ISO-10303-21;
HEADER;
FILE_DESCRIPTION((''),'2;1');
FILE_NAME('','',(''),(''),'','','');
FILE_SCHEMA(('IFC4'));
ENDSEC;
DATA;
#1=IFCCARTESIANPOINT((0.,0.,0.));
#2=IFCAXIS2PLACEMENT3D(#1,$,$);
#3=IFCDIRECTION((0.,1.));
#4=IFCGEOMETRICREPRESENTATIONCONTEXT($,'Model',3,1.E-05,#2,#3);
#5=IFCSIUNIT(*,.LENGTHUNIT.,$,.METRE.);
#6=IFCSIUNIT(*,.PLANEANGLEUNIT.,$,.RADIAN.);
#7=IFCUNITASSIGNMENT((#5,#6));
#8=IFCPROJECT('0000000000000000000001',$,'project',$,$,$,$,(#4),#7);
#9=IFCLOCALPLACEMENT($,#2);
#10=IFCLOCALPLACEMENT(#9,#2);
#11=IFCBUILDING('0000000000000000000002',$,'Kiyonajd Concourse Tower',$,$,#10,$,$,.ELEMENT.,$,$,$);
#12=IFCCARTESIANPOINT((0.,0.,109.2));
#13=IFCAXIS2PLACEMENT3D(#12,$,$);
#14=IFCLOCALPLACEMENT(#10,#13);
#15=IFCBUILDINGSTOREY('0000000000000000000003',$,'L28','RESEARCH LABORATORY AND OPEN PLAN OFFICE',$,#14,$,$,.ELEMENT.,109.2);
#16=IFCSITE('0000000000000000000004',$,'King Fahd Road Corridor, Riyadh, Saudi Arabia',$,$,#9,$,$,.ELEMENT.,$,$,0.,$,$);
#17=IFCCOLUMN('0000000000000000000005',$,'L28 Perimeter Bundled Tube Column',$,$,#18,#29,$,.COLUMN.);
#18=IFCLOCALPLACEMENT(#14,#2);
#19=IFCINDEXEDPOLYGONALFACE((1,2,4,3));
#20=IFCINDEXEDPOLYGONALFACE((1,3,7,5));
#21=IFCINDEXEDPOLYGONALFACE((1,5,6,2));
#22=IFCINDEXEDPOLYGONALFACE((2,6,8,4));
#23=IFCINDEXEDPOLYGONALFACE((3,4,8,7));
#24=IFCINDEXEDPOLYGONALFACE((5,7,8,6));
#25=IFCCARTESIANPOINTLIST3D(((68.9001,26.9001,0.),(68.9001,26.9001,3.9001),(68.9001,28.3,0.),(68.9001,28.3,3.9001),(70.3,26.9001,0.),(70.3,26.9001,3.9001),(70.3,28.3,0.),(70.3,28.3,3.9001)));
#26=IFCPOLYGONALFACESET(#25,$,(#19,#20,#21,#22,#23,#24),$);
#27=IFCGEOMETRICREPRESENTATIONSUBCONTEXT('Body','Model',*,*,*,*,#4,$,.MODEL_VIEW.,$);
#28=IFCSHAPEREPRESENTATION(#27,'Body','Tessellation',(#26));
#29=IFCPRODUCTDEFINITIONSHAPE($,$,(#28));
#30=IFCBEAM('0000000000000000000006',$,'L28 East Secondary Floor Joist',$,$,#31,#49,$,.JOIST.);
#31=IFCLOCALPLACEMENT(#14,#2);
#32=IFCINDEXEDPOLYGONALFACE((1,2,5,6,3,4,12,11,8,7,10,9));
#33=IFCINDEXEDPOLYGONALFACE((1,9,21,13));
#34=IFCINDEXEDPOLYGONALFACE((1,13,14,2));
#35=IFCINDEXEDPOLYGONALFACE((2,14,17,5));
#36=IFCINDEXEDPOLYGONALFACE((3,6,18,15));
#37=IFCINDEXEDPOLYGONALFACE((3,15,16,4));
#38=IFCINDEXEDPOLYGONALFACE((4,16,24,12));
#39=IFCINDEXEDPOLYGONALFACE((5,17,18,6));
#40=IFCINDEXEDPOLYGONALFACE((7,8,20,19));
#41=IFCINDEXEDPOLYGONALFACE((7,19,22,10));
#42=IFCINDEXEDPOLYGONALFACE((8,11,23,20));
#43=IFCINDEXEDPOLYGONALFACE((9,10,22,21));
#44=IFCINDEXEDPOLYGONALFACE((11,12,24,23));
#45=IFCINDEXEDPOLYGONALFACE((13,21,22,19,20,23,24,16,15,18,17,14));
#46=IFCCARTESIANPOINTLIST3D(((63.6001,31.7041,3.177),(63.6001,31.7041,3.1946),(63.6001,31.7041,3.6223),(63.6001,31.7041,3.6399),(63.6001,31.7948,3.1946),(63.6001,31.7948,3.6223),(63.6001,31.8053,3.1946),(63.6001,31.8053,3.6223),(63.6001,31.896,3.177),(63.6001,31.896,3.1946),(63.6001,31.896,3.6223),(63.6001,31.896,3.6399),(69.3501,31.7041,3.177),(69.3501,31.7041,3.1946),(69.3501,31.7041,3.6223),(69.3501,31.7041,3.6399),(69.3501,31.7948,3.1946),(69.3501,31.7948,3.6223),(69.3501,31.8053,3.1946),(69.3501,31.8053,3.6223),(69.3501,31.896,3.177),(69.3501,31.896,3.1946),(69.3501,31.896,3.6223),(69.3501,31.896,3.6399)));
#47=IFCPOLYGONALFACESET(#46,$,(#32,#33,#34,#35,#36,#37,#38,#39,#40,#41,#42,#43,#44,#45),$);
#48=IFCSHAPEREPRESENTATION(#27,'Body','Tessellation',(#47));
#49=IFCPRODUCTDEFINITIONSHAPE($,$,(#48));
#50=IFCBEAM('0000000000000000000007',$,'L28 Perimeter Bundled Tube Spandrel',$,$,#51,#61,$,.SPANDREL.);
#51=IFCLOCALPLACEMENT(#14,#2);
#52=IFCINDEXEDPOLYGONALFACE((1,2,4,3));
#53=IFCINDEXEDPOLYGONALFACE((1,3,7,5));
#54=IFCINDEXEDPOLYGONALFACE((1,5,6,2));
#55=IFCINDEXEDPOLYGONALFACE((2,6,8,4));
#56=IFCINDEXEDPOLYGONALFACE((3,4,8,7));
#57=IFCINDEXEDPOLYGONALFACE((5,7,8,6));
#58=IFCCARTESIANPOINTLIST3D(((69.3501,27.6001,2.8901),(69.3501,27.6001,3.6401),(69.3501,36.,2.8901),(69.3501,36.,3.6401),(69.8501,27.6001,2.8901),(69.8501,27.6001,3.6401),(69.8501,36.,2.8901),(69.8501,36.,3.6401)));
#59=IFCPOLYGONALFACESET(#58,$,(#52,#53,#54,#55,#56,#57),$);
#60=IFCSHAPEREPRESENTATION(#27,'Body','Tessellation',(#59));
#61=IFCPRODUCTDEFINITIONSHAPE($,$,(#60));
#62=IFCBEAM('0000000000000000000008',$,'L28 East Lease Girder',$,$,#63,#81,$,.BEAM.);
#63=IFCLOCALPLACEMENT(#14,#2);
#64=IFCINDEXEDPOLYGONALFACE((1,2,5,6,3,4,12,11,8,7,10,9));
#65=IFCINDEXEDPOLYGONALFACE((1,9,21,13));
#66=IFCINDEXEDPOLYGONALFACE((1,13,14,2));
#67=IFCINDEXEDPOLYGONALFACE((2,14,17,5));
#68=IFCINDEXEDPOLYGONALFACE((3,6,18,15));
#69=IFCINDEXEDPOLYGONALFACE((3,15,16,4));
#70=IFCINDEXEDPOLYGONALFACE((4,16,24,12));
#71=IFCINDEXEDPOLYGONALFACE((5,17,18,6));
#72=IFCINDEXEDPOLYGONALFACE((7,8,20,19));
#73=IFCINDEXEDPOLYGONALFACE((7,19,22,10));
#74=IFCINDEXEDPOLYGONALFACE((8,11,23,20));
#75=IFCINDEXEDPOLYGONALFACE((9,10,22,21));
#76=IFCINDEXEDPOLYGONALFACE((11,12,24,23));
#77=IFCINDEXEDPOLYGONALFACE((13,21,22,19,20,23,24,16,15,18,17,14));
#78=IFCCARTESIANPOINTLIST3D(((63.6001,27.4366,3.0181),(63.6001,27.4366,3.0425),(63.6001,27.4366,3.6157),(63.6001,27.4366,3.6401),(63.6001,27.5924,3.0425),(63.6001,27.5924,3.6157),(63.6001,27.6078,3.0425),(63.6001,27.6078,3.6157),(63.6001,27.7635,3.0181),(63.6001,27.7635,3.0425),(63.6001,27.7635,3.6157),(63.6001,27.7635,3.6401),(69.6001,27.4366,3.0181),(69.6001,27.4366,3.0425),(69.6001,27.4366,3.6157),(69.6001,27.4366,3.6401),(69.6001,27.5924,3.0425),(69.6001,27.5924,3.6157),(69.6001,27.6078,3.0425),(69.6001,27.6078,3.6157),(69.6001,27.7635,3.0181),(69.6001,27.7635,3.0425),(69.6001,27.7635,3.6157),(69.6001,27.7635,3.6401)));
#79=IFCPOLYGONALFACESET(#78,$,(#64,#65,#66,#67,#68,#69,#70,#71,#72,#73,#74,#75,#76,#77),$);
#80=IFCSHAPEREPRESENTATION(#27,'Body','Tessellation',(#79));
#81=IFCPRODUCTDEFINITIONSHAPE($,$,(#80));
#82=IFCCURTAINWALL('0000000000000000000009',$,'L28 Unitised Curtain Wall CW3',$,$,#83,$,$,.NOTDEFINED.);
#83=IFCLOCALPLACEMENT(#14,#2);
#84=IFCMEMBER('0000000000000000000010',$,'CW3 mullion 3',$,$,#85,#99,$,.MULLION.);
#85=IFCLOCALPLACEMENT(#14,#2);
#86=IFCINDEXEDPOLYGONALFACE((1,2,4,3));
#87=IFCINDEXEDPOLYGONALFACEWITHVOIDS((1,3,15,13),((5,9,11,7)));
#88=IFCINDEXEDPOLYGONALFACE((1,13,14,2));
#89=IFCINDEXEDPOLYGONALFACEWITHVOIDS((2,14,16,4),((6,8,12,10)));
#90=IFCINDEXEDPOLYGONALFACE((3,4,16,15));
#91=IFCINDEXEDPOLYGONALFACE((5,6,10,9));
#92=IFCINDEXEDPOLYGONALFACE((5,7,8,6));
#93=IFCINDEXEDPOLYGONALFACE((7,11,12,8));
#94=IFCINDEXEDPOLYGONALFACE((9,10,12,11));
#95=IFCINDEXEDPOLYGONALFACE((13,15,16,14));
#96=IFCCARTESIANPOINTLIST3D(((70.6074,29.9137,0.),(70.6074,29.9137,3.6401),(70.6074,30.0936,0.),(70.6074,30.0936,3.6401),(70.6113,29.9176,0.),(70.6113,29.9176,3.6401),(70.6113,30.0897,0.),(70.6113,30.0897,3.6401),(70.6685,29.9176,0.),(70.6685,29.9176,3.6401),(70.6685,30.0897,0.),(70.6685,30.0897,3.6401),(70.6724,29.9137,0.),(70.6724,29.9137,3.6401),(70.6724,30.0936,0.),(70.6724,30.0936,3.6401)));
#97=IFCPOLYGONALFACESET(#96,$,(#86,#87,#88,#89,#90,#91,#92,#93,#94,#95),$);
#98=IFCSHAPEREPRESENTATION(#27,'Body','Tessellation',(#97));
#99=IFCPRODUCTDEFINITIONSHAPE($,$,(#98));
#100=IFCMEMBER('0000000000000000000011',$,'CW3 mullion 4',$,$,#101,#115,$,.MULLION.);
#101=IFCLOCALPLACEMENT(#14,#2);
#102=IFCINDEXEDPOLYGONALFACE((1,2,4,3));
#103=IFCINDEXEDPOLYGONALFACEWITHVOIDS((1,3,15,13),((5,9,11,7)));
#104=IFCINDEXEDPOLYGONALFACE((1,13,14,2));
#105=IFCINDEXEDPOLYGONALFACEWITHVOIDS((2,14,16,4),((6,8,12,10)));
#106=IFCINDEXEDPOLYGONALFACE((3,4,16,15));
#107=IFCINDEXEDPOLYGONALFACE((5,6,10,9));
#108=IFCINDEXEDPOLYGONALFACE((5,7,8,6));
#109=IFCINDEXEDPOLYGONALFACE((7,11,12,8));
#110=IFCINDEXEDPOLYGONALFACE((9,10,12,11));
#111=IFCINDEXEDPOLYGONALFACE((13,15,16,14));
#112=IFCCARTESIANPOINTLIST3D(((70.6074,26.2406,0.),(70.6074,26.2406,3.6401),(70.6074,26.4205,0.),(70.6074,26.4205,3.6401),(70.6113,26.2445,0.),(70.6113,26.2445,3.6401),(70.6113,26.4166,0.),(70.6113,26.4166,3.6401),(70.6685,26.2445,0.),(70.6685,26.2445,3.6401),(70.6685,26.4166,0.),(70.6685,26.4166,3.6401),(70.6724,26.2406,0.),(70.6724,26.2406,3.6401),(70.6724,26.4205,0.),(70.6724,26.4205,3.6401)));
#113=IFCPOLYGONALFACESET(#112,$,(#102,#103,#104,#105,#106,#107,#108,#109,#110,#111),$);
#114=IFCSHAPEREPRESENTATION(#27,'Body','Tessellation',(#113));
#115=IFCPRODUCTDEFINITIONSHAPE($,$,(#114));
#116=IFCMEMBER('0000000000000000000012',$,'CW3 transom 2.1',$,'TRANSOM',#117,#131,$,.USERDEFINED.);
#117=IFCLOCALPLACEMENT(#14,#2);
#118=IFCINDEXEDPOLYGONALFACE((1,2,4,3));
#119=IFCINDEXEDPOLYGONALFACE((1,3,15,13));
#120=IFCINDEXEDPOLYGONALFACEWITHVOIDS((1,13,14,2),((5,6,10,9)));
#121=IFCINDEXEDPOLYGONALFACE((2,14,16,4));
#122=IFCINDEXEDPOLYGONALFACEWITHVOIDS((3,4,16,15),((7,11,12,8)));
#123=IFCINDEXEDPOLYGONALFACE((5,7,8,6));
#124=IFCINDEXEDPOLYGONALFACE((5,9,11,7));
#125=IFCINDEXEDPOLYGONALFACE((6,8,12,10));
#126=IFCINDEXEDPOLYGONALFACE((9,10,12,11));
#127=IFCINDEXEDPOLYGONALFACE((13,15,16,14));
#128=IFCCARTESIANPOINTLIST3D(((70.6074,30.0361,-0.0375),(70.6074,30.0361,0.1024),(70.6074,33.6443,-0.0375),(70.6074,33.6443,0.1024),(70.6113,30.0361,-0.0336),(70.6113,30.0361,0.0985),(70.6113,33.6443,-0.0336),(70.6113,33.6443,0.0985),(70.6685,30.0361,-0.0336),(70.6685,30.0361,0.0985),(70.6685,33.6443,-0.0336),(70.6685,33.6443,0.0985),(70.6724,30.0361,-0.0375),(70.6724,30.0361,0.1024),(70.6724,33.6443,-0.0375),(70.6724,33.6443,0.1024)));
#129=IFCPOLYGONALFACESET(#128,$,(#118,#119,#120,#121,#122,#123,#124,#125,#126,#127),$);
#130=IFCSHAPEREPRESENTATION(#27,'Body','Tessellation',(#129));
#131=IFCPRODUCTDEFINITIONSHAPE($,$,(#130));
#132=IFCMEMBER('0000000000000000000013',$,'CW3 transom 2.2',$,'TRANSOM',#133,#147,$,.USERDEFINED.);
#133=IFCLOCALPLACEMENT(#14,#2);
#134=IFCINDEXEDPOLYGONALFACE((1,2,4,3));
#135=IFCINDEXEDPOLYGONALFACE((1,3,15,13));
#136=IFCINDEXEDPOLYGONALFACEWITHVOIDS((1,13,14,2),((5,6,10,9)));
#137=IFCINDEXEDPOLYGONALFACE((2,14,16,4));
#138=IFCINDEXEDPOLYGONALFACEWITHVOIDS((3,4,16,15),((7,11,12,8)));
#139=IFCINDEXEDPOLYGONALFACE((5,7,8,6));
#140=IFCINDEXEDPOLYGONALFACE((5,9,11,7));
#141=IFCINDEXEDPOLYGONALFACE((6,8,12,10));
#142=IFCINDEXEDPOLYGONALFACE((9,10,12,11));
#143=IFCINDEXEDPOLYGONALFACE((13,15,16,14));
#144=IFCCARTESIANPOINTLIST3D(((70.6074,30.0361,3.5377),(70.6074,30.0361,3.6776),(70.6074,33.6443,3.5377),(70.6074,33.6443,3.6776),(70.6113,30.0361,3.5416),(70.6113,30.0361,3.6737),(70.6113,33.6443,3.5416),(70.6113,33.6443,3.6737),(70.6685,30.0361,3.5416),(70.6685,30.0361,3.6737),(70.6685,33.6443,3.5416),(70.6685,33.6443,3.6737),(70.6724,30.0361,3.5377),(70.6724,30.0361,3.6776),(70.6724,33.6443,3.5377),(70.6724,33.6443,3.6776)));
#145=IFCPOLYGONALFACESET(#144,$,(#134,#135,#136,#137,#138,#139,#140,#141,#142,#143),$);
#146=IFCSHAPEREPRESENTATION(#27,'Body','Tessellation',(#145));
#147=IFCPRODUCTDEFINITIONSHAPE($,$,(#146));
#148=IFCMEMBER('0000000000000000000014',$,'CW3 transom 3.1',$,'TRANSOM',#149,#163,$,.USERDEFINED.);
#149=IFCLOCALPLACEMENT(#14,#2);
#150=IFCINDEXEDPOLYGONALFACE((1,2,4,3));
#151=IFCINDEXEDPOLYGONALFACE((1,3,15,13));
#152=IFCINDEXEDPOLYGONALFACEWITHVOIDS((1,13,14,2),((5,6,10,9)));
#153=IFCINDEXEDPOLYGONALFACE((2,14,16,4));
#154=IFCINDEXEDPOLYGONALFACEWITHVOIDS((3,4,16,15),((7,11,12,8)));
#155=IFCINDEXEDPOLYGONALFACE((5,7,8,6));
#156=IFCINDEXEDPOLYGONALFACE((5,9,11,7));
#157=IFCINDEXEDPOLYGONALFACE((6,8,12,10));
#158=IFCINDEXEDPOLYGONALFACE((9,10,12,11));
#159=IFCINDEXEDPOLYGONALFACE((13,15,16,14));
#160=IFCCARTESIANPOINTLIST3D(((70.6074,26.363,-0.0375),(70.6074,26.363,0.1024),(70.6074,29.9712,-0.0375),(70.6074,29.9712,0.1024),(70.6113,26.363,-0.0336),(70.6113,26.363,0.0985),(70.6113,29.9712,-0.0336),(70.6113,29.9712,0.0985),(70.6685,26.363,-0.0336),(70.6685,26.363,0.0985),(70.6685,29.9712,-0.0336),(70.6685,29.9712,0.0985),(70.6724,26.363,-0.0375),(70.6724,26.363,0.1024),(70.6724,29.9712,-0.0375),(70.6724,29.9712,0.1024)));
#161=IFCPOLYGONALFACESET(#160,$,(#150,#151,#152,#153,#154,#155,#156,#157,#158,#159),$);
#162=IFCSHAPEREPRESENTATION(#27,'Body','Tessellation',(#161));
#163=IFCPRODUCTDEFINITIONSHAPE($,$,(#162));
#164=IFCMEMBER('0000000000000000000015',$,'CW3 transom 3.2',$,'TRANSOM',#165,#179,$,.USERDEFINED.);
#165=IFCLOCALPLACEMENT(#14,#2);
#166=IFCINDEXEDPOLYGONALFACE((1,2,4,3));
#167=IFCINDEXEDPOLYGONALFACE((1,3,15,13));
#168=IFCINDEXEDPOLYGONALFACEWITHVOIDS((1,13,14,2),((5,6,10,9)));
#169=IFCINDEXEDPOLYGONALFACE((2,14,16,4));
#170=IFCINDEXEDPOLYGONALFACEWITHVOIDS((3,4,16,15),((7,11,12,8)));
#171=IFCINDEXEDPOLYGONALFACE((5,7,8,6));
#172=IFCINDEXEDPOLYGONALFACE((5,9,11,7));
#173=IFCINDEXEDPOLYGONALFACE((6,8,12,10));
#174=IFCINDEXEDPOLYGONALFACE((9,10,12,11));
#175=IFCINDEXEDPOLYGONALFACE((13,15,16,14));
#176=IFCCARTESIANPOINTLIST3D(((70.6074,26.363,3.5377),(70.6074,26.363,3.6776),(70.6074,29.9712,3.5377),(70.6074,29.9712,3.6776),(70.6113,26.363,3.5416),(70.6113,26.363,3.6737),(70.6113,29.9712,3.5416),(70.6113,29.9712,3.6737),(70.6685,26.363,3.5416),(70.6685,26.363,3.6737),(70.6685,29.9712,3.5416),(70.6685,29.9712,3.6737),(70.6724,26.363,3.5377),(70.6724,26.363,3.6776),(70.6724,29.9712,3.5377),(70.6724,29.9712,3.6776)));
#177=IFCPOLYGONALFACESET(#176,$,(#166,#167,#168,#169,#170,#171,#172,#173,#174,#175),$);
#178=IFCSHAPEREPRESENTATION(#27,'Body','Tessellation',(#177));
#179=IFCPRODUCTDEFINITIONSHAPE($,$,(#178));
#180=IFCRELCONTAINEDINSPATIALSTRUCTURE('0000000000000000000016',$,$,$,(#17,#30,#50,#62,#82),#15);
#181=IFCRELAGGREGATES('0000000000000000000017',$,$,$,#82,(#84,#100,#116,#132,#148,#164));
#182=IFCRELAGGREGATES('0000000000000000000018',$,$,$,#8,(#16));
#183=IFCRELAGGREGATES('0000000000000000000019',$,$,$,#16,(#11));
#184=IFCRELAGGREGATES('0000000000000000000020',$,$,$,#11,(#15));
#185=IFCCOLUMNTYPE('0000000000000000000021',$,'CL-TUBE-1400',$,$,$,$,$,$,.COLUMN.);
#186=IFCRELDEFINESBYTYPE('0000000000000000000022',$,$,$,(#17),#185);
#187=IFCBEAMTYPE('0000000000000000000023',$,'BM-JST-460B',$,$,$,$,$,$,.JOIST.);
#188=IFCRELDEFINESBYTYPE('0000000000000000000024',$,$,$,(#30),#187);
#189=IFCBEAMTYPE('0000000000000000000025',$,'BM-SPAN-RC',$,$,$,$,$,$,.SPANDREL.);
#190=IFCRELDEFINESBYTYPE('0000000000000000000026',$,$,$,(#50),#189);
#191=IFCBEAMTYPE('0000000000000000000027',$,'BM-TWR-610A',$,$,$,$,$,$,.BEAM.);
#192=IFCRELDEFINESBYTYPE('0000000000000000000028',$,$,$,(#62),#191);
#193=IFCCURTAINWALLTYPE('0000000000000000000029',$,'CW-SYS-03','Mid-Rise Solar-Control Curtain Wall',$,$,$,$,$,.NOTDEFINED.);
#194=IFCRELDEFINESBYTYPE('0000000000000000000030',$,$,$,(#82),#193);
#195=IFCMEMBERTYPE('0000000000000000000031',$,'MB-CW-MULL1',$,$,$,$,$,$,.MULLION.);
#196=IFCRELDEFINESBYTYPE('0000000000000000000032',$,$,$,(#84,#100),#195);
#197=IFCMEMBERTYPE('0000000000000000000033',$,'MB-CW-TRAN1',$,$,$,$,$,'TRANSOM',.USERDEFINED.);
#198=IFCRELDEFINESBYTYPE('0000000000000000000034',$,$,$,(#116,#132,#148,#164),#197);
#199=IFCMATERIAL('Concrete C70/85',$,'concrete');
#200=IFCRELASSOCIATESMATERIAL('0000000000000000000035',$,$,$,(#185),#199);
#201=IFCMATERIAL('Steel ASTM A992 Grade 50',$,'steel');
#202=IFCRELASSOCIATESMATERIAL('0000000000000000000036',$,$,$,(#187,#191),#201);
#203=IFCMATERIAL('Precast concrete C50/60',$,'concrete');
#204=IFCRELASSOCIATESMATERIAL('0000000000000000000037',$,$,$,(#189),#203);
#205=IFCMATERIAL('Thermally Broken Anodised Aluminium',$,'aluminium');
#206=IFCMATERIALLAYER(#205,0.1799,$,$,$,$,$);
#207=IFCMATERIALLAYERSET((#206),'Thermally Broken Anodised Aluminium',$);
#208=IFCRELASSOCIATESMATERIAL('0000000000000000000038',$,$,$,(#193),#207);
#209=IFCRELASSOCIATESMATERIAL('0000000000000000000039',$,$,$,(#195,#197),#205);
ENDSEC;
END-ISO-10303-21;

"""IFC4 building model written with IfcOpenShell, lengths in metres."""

from ifc_helpers import new_model, si_unit, direction, frame, origin, origin_2d, place, context, subcontext, project, spatial, rectangle, hollow_rectangle, i_section, extrude, material, layer, layer_set, material_profile, profile_set, type_object, element, aggregate, save


model = new_model("IFC4")

# Units and contexts
model_context = context("Model", 3, precision=1e-05, world=origin(), true_north=direction((0.0, 1.0)))
body_context = subcontext(model_context, "Body", "Model", "MODEL_VIEW")
ifc_project = project(units=[si_unit("LENGTHUNIT", "METRE"), si_unit("PLANEANGLEUNIT", "RADIAN")], contexts=[model_context])

# Site, building, storey
site_placement = place(None, origin())
site = spatial("IfcSite", under=ifc_project, at=site_placement, Name="King Fahd Road Corridor, Riyadh, Saudi Arabia", CompositionType="ELEMENT", RefElevation=0.0)
building_placement = place(site_placement, origin())
building = spatial("IfcBuilding", under=site, at=building_placement, Name="Kiyonajd Concourse Tower", CompositionType="ELEMENT")
storey_placement = place(building_placement, frame((0.0, 0.0, 109.2)))
storey = spatial("IfcBuildingStorey", under=building, at=storey_placement, Name="L28", Description="RESEARCH LABORATORY AND OPEN PLAN OFFICE", CompositionType="ELEMENT", Elevation=109.2)

# Column
ifc_material_1 = material(Name="Concrete C70/85", Category="concrete")
ifc_material_profile_1 = material_profile(ifc_material_1, rectangle(XDim=1.3999, YDim=1.3999, at=origin_2d()), Name="RC-1400x1400")
ifc_profile_set_1 = profile_set([ifc_material_profile_1], Name="Concrete C70/85")
column_type = type_object("IfcColumnType", Name="CL-TUBE-1400", PredefinedType="COLUMN", material=ifc_profile_set_1)
column_placement = place(storey_placement, frame((69.6001, 27.6001, 0.0), z_axis=(0.0, 0.0, 1.0), x_axis=(1.0, 0.0, 0.0)))
element("IfcColumn", 1, at=column_placement, inside=storey, type_object=column_type, Name="L28 Perimeter Bundled Tube Column", PredefinedType="COLUMN", context=body_context, shape_type="SweptSolid", body=[
    extrude(rectangle(XDim=1.3999, YDim=1.3999, at=origin_2d()), origin(), (0.0, 0.0, 1.0), 3.9001),
])

# Beams
ifc_material_2 = material(Name="Steel ASTM A992 Grade 50", Category="steel")
ifc_material_profile_2 = material_profile(ifc_material_2, i_section(OverallWidth=0.1919, OverallDepth=0.4629, WebThickness=0.0105, FlangeThickness=0.0176, at=origin_2d()), Name="W460X89")
ifc_profile_set_2 = profile_set([ifc_material_profile_2], Name="Steel ASTM A992 Grade 50")
beam_type_1 = type_object("IfcBeamType", Name="BM-JST-460B", PredefinedType="JOIST", material=ifc_profile_set_2)
beam_1_placement = place(storey_placement, frame((63.6001, 31.8, 3.4084), z_axis=(1.0, 0.0, 0.0), x_axis=(0.0, 1.0, 0.0)))
element("IfcBeam", 2, at=beam_1_placement, inside=storey, type_object=beam_type_1, Name="L28 East Secondary Floor Joist", PredefinedType="JOIST", context=body_context, shape_type="SweptSolid", body=[
    extrude(i_section(OverallWidth=0.1919, OverallDepth=0.4629, WebThickness=0.0105, FlangeThickness=0.0176, at=origin_2d()), origin(), (0.0, 0.0, 1.0), 5.75),
])
ifc_material_3 = material(Name="Precast concrete C50/60", Category="concrete")
ifc_material_profile_3 = material_profile(ifc_material_3, rectangle(XDim=0.5, YDim=0.75, at=origin_2d()), Name="RCBM-500x750")
ifc_profile_set_3 = profile_set([ifc_material_profile_3], Name="Precast concrete C50/60")
beam_type_2 = type_object("IfcBeamType", Name="BM-SPAN-RC", PredefinedType="SPANDREL", material=ifc_profile_set_3)
beam_2_placement = place(storey_placement, frame((69.6001, 27.6001, 3.2651), z_axis=(0.0, 1.0, 0.0), x_axis=(-1.0, 0.0, 0.0)))
element("IfcBeam", 3, at=beam_2_placement, inside=storey, type_object=beam_type_2, Name="L28 Perimeter Bundled Tube Spandrel", PredefinedType="SPANDREL", context=body_context, shape_type="SweptSolid", body=[
    extrude(rectangle(XDim=0.5, YDim=0.75, at=origin_2d()), origin(), (0.0, 0.0, 1.0), 8.3999),
])
ifc_material_profile_4 = material_profile(ifc_material_2, i_section(OverallWidth=0.3269, OverallDepth=0.6221, WebThickness=0.0154, FlangeThickness=0.0244, at=origin_2d()), Name="W610X195")
ifc_profile_set_4 = profile_set([ifc_material_profile_4], Name="Steel ASTM A992 Grade 50")
beam_type_3 = type_object("IfcBeamType", Name="BM-TWR-610A", PredefinedType="BEAM", material=ifc_profile_set_4)
beam_3_placement = place(storey_placement, frame((63.6001, 27.6001, 3.3291), z_axis=(1.0, 0.0, 0.0), x_axis=(0.0, 1.0, 0.0)))
element("IfcBeam", 4, at=beam_3_placement, inside=storey, type_object=beam_type_3, Name="L28 East Lease Girder", PredefinedType="BEAM", context=body_context, shape_type="SweptSolid", body=[
    extrude(i_section(OverallWidth=0.3269, OverallDepth=0.6221, WebThickness=0.0154, FlangeThickness=0.0244, at=origin_2d()), origin(), (0.0, 0.0, 1.0), 6.0),
])

# Curtain wall, members
ifc_material_4 = material(Name="Thermally Broken Anodised Aluminium", Category="aluminium")
ifc_layer_1 = layer(ifc_material_4, 0.1799)
ifc_layer_set_1 = layer_set([ifc_layer_1], Name="Thermally Broken Anodised Aluminium")
curtain_wall_type = type_object("IfcCurtainWallType", Name="CW-SYS-03", Description="Mid-Rise Solar-Control Curtain Wall", PredefinedType="NOTDEFINED", material=ifc_layer_set_1)
curtain_wall_placement = place(storey_placement, origin())
curtain_wall = element("IfcCurtainWall", 5, at=curtain_wall_placement, inside=storey, type_object=curtain_wall_type, Name="L28 Unitised Curtain Wall CW3", PredefinedType="NOTDEFINED")
ifc_material_profile_5 = material_profile(ifc_material_4, hollow_rectangle(XDim=0.0649, YDim=0.1799, WallThickness=0.0039, at=origin_2d()), Name="MULL-65x180")
ifc_profile_set_5 = profile_set([ifc_material_profile_5], Name="Thermally Broken Anodised Aluminium")
member_type_1 = type_object("IfcMemberType", Name="MB-CW-MULL1", PredefinedType="MULLION", material=ifc_profile_set_5)
member_1_placement = place(storey_placement, frame((70.6399, 30.0037, 0.0), z_axis=(0.0, 0.0, 1.0), x_axis=(1.0, 0.0, 0.0)))
member_1 = element("IfcMember", 6, at=member_1_placement, type_object=member_type_1, Name="CW3 mullion 3", PredefinedType="MULLION", context=body_context, shape_type="SweptSolid", body=[
    extrude(hollow_rectangle(XDim=0.0649, YDim=0.1799, WallThickness=0.0039, at=origin_2d()), origin(), (0.0, 0.0, 1.0), 3.6401),
])
member_2_placement = place(storey_placement, frame((70.6399, 26.3306, 0.0), z_axis=(0.0, 0.0, 1.0), x_axis=(1.0, 0.0, 0.0)))
member_2 = element("IfcMember", 7, at=member_2_placement, type_object=member_type_1, Name="CW3 mullion 4", PredefinedType="MULLION", context=body_context, shape_type="SweptSolid", body=[
    extrude(hollow_rectangle(XDim=0.0649, YDim=0.1799, WallThickness=0.0039, at=origin_2d()), origin(), (0.0, 0.0, 1.0), 3.6401),
])
ifc_material_profile_6 = material_profile(ifc_material_4, hollow_rectangle(XDim=0.0649, YDim=0.1399, WallThickness=0.0039, at=origin_2d()), Name="TRAN-65x140")
ifc_profile_set_6 = profile_set([ifc_material_profile_6], Name="Thermally Broken Anodised Aluminium")
member_type_2 = type_object("IfcMemberType", Name="MB-CW-TRAN1", ElementType="TRANSOM", PredefinedType="USERDEFINED", material=ifc_profile_set_6)
member_3_placement = place(storey_placement, frame((70.6399, 33.6443, 0.0325), z_axis=(0.0, -1.0, 0.0), x_axis=(1.0, 0.0, 0.0)))
member_3 = element("IfcMember", 8, at=member_3_placement, type_object=member_type_2, Name="CW3 transom 2.1", ObjectType="TRANSOM", PredefinedType="USERDEFINED", context=body_context, shape_type="SweptSolid", body=[
    extrude(hollow_rectangle(XDim=0.0649, YDim=0.1399, WallThickness=0.0039, at=origin_2d()), origin(), (0.0, 0.0, 1.0), 3.6082),
])
member_4_placement = place(storey_placement, frame((70.6399, 33.6443, 3.6077), z_axis=(0.0, -1.0, 0.0), x_axis=(1.0, 0.0, 0.0)))
member_4 = element("IfcMember", 9, at=member_4_placement, type_object=member_type_2, Name="CW3 transom 2.2", ObjectType="TRANSOM", PredefinedType="USERDEFINED", context=body_context, shape_type="SweptSolid", body=[
    extrude(hollow_rectangle(XDim=0.0649, YDim=0.1399, WallThickness=0.0039, at=origin_2d()), origin(), (0.0, 0.0, 1.0), 3.6082),
])
member_5_placement = place(storey_placement, frame((70.6399, 29.9712, 0.0325), z_axis=(0.0, -1.0, 0.0), x_axis=(1.0, 0.0, 0.0)))
member_5 = element("IfcMember", 10, at=member_5_placement, type_object=member_type_2, Name="CW3 transom 3.1", ObjectType="TRANSOM", PredefinedType="USERDEFINED", context=body_context, shape_type="SweptSolid", body=[
    extrude(hollow_rectangle(XDim=0.0649, YDim=0.1399, WallThickness=0.0039, at=origin_2d()), origin(), (0.0, 0.0, 1.0), 3.6082),
])
member_6_placement = place(storey_placement, frame((70.6399, 29.9712, 3.6077), z_axis=(0.0, -1.0, 0.0), x_axis=(1.0, 0.0, 0.0)))
member_6 = element("IfcMember", 11, at=member_6_placement, type_object=member_type_2, Name="CW3 transom 3.2", ObjectType="TRANSOM", PredefinedType="USERDEFINED", context=body_context, shape_type="SweptSolid", body=[
    extrude(hollow_rectangle(XDim=0.0649, YDim=0.1399, WallThickness=0.0039, at=origin_2d()), origin(), (0.0, 0.0, 1.0), 3.6082),
])
aggregate(curtain_wall, [member_1, member_2, member_3, member_4, member_5, member_6])

save(model, "model.ifc")
